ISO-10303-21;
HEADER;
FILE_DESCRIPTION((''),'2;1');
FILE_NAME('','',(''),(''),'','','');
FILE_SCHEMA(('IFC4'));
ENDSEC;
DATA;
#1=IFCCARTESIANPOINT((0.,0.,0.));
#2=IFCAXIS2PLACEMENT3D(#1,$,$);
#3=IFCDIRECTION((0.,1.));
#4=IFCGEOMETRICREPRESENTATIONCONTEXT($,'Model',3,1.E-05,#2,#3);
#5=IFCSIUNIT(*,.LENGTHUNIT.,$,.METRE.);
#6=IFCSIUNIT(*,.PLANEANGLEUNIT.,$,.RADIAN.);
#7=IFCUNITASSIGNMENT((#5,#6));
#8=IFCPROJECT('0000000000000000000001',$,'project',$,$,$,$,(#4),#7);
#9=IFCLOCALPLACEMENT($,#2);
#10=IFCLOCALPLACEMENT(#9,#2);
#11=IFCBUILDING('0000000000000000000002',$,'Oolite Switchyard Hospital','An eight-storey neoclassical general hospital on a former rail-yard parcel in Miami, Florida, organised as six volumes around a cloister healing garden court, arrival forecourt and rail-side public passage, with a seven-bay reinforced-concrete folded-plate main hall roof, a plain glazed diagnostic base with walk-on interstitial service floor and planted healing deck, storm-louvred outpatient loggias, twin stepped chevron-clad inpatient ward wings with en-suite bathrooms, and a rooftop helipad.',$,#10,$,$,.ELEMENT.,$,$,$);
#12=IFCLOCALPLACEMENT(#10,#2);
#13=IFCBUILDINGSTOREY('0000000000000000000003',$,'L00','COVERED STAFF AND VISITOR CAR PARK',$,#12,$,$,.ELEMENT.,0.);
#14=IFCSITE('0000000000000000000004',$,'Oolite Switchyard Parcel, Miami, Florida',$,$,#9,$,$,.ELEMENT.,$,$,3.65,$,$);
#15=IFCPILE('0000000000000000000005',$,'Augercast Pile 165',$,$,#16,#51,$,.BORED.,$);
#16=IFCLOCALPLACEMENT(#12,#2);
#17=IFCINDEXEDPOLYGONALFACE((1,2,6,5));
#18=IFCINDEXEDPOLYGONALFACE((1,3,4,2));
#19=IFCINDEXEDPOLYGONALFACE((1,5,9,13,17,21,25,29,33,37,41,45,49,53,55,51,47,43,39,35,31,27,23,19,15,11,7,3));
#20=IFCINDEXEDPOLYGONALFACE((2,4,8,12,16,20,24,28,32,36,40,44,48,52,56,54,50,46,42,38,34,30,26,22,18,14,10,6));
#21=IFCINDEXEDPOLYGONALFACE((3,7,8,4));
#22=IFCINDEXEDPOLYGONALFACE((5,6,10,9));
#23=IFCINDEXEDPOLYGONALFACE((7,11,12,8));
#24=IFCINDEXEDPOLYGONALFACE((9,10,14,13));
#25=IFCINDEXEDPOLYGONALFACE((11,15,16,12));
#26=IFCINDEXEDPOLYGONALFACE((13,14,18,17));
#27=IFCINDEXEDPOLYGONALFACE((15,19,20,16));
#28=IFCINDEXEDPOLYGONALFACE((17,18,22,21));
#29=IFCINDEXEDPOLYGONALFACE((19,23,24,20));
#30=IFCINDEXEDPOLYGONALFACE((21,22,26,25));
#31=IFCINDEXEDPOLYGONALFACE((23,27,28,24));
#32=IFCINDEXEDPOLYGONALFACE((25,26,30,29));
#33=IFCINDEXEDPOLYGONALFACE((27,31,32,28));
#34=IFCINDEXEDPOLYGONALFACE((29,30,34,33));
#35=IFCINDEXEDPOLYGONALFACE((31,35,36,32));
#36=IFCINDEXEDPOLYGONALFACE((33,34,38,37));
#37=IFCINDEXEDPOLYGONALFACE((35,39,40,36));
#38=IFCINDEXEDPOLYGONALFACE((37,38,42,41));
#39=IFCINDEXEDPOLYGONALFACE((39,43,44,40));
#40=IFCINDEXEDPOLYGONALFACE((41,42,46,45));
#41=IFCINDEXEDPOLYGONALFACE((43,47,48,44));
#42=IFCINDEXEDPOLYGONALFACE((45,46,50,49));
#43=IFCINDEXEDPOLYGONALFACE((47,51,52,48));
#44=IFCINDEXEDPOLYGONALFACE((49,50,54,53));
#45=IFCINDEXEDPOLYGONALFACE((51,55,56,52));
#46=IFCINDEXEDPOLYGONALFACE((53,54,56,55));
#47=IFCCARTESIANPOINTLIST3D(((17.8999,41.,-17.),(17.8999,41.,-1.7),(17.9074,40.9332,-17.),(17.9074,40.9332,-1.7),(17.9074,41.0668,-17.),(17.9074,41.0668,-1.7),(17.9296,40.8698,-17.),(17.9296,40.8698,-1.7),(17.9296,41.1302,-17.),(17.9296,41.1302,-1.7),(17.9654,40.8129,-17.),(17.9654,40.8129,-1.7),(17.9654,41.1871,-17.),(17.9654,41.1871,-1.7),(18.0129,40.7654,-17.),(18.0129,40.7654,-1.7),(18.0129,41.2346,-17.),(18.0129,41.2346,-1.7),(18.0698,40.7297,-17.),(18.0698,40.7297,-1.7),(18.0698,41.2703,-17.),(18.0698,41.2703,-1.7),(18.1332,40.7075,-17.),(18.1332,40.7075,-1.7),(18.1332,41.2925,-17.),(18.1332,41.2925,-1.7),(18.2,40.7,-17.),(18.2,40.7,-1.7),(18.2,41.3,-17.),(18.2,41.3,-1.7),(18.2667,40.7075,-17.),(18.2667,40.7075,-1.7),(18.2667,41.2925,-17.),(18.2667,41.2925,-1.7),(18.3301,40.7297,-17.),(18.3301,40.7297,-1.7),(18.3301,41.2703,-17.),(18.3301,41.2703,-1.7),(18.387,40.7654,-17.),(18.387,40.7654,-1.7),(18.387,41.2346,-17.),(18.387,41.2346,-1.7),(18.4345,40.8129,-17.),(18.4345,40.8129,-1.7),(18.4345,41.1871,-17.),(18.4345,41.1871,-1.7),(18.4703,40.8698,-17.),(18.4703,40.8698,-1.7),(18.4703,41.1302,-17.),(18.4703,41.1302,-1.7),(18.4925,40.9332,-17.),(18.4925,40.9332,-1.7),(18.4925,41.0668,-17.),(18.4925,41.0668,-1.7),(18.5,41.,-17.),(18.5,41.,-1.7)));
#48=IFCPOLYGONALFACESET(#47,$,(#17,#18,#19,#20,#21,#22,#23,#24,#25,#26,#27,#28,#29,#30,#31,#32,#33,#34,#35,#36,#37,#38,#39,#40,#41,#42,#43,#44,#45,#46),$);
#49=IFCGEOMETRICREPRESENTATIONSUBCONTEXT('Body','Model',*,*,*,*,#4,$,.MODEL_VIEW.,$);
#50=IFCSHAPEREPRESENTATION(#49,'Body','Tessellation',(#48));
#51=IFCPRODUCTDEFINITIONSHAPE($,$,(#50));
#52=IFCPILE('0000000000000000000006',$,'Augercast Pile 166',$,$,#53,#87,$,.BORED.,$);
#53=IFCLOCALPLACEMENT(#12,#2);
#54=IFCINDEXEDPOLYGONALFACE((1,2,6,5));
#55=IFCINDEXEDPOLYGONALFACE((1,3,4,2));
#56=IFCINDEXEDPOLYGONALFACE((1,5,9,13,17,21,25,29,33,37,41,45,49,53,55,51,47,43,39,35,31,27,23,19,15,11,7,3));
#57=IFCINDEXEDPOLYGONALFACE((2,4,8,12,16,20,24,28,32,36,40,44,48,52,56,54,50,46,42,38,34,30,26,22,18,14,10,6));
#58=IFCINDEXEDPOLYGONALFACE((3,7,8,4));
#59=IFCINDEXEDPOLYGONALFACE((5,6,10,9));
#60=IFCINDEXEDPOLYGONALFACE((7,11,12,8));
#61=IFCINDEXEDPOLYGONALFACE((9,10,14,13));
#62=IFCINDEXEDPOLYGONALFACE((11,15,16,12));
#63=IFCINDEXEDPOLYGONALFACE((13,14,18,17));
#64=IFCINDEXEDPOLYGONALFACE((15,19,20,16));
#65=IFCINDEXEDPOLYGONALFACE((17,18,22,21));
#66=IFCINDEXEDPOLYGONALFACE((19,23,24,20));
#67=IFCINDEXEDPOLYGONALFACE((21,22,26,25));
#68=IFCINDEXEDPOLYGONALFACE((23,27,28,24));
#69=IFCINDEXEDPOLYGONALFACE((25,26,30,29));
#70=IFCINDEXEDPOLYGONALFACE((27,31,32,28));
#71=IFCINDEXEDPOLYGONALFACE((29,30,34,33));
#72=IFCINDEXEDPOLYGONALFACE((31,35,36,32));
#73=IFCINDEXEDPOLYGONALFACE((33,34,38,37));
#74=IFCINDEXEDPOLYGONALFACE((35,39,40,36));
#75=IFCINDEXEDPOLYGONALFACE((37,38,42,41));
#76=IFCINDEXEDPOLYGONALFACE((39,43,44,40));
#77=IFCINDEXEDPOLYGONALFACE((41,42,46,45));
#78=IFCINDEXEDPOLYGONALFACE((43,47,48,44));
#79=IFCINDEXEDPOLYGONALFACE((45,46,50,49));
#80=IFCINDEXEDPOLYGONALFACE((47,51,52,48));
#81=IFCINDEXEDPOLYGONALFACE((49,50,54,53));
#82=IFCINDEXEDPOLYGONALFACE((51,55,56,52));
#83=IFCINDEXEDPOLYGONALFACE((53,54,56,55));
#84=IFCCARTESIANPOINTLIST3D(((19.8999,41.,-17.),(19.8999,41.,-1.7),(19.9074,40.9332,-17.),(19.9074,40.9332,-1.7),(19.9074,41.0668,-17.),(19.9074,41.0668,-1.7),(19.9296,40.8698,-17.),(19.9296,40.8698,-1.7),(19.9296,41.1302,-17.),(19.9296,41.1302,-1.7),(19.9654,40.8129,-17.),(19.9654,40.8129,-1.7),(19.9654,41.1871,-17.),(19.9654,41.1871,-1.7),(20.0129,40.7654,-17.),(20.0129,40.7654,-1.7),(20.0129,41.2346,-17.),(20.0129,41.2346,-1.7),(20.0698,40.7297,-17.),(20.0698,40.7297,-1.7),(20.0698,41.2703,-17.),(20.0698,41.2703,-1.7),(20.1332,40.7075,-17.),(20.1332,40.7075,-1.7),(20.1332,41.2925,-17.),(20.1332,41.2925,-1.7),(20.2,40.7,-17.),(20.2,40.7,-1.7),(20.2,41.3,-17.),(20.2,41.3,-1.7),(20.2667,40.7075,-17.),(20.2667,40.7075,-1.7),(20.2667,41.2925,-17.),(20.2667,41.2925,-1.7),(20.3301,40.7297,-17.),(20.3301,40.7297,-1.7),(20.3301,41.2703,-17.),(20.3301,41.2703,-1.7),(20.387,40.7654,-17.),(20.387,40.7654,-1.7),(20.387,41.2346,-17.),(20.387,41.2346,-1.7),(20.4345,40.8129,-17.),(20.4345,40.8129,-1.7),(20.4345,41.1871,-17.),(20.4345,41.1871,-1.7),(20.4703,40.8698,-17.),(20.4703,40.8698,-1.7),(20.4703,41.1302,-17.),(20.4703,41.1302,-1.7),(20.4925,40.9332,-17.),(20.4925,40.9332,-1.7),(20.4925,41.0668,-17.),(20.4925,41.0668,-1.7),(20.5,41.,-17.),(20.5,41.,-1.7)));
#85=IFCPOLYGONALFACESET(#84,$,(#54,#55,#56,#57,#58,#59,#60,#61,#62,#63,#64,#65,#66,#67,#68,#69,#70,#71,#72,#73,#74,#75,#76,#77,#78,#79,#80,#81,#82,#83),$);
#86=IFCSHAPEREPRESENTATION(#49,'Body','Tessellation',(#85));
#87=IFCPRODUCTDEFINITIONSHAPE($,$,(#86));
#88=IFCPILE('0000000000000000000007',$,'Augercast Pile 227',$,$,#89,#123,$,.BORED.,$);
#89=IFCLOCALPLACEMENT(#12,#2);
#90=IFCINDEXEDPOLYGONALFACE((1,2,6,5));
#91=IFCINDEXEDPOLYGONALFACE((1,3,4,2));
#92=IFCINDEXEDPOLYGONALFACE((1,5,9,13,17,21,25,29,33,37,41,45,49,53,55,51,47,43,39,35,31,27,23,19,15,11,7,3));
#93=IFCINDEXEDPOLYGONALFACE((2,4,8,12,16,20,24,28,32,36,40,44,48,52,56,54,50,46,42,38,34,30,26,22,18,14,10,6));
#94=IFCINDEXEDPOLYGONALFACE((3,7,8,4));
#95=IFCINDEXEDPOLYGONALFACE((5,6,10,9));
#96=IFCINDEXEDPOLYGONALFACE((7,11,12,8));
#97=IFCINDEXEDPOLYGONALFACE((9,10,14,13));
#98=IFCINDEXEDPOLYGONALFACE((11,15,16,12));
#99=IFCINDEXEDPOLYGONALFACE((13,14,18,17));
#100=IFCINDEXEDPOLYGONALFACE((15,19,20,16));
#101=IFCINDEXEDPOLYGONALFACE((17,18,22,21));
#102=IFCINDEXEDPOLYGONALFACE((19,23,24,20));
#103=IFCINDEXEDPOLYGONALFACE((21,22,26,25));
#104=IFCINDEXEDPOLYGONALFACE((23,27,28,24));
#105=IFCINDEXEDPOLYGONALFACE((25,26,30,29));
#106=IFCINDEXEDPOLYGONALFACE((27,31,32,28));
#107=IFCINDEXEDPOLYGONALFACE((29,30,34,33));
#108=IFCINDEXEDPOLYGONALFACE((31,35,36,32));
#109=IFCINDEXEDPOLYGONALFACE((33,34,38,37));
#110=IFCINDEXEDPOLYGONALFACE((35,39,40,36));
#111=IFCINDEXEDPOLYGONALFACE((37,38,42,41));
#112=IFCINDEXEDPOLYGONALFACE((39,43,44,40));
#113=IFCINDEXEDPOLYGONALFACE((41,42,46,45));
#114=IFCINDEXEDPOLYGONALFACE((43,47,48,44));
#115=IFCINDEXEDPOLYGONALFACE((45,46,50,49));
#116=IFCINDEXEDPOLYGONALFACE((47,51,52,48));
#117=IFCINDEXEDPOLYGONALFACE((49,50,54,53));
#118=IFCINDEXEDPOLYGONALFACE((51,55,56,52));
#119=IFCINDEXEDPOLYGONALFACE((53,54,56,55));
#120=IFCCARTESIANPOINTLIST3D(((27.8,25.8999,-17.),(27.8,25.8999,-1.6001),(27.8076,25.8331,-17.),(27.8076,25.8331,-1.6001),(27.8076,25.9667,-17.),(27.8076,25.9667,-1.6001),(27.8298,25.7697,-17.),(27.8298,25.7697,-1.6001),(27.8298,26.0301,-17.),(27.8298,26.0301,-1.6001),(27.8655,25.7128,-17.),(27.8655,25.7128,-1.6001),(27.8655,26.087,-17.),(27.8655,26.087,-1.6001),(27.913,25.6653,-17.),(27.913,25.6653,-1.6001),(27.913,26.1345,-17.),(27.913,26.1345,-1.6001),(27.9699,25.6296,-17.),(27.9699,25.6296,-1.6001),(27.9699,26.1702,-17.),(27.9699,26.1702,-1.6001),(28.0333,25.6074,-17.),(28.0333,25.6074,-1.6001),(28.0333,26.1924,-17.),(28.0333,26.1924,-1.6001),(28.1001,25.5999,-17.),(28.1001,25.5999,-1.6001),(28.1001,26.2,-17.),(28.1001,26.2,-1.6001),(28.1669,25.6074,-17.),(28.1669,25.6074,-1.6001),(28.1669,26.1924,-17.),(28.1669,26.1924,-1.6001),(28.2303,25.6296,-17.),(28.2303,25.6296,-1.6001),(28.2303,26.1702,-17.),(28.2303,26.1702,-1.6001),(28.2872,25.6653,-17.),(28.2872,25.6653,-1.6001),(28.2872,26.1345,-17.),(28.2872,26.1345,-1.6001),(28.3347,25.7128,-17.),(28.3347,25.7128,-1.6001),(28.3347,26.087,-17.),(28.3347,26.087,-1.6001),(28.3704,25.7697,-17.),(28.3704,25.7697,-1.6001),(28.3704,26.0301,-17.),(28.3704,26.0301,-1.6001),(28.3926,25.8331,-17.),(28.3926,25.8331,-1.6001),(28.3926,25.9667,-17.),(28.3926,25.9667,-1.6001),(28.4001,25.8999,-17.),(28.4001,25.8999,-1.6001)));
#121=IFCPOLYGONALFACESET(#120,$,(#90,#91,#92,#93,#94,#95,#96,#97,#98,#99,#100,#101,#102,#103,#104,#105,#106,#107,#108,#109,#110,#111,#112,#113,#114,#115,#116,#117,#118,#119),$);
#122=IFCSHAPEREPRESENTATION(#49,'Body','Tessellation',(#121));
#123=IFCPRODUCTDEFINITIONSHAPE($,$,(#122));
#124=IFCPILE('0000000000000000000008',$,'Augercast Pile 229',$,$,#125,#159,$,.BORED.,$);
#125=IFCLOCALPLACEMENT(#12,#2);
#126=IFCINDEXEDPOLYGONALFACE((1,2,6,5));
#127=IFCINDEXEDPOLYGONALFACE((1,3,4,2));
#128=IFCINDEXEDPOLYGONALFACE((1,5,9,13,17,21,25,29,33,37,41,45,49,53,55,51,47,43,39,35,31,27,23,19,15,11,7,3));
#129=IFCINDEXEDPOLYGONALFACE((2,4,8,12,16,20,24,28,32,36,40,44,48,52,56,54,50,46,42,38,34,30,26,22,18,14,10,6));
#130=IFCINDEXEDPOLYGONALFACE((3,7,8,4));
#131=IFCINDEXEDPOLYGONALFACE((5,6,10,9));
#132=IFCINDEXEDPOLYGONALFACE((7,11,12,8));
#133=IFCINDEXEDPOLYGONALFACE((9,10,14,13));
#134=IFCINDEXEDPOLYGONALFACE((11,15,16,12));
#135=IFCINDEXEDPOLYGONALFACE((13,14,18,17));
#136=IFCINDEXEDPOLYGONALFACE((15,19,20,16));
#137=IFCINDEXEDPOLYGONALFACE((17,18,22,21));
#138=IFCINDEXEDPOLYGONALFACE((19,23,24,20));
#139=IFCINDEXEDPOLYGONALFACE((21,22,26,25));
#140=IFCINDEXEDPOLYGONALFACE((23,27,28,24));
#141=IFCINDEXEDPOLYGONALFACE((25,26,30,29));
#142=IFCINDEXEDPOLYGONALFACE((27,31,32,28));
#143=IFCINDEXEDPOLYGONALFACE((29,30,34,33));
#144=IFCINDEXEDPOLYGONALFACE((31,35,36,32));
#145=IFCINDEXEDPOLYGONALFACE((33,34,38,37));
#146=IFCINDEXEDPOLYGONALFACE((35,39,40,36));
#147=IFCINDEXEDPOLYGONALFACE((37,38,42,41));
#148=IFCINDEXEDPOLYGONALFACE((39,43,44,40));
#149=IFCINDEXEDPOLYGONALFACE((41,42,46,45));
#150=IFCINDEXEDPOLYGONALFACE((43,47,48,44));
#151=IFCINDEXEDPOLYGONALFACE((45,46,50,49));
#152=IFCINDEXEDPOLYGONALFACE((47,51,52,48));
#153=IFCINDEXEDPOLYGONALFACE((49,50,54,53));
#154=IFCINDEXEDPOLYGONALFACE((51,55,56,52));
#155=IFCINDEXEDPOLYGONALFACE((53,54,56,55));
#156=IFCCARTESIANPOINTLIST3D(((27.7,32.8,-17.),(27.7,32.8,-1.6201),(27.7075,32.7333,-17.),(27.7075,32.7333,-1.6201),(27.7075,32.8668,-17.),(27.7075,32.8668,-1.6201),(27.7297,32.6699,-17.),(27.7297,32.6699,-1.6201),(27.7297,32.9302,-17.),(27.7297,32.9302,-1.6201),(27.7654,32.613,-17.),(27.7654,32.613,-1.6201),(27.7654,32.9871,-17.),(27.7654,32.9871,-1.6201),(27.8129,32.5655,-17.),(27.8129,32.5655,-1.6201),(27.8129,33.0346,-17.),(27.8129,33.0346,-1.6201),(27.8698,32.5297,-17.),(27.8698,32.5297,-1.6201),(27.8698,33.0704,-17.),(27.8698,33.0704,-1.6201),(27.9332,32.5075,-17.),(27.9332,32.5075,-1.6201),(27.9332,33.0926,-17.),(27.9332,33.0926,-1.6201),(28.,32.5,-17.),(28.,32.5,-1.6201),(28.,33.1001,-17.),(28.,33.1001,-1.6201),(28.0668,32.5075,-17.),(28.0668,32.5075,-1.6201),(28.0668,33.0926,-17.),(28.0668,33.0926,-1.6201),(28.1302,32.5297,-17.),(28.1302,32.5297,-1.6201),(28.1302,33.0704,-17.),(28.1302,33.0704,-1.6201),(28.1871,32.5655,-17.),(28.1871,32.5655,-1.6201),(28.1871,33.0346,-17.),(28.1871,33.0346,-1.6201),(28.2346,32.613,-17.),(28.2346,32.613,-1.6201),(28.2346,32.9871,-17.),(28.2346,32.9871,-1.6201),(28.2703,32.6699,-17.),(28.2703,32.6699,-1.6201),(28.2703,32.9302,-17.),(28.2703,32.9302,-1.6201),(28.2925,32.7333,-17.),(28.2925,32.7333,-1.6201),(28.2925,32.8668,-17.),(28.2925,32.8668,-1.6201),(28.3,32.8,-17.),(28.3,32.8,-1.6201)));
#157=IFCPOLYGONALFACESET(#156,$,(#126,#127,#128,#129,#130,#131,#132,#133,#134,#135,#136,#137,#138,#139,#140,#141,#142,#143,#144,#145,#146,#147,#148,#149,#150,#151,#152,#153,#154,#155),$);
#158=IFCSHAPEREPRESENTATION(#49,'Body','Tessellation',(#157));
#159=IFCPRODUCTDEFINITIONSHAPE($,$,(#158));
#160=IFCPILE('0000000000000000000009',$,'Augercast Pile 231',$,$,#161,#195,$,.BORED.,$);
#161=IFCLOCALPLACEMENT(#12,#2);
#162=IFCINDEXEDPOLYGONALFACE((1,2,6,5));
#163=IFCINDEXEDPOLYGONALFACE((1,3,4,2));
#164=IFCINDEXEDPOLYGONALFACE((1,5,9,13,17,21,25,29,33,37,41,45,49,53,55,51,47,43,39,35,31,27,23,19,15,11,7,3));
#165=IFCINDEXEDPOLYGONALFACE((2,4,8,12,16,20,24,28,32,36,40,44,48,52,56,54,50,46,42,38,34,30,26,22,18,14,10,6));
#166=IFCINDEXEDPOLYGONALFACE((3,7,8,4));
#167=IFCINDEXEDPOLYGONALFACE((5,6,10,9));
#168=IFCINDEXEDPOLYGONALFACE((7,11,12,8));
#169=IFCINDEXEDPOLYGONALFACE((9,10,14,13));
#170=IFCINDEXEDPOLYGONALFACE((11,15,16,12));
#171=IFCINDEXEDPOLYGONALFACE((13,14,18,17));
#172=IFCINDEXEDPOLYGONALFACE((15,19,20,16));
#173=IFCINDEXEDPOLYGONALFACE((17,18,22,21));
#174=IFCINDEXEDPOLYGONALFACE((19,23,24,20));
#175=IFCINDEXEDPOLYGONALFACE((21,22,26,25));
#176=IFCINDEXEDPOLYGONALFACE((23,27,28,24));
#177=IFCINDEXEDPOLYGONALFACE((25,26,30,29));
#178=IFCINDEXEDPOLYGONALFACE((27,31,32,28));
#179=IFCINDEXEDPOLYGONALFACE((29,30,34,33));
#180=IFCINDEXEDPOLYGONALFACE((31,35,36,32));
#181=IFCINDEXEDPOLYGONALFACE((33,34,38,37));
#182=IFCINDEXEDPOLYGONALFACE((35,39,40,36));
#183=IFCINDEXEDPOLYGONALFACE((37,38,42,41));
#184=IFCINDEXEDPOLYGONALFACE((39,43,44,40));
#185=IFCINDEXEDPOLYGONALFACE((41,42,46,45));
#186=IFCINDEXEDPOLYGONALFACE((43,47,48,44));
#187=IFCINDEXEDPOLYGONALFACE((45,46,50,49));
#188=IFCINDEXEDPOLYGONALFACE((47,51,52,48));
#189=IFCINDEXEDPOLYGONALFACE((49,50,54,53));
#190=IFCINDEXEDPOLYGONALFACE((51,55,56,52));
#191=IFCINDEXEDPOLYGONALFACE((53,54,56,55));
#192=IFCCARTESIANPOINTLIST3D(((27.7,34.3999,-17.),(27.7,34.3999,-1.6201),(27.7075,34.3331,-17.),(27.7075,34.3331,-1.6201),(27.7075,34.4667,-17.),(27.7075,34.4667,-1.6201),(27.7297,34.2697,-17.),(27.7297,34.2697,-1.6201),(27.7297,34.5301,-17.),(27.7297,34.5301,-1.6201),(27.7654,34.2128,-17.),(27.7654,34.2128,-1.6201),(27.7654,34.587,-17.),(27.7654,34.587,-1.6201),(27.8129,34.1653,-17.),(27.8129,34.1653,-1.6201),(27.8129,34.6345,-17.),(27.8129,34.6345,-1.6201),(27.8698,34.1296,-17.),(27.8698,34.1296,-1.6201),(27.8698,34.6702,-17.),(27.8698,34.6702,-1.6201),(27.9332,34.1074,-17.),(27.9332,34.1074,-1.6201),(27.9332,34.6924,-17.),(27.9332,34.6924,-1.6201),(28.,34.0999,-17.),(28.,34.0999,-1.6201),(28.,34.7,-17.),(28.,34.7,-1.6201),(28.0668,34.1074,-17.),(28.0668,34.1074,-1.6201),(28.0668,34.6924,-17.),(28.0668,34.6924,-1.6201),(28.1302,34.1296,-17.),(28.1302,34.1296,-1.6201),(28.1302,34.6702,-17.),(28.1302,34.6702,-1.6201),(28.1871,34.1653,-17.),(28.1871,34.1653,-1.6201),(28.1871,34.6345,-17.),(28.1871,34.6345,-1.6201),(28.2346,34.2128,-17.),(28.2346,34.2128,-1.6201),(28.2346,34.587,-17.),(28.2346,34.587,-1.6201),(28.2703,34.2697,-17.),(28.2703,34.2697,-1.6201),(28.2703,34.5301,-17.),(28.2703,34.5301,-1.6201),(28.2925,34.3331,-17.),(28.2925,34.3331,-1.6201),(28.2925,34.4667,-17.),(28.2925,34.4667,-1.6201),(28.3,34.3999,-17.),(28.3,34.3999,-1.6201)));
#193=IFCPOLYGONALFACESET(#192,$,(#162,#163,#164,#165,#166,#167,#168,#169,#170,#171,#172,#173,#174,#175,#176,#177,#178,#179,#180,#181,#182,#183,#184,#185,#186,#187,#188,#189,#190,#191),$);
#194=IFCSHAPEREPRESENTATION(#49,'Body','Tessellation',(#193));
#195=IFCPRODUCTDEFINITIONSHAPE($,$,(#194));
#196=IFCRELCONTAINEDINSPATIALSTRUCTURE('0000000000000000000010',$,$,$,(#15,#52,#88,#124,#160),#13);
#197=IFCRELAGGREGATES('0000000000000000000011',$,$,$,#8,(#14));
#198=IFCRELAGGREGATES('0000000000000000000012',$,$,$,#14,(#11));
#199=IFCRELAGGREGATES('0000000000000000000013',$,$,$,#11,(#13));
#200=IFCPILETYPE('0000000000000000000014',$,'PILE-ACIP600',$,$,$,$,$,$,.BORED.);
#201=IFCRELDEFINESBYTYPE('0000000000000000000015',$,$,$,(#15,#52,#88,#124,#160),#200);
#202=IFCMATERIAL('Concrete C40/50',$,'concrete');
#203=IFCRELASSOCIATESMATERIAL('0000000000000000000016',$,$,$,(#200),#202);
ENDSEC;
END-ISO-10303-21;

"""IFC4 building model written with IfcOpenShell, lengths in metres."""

from ifc_helpers import new_model, si_unit, direction, frame, origin, origin_2d, place, context, subcontext, project, spatial, circle, extrude, material, material_profile, profile_set, type_object, element, save


model = new_model("IFC4")

# Units and contexts
model_context = context("Model", 3, precision=1e-05, world=origin(), true_north=direction((0.0, 1.0)))
body_context = subcontext(model_context, "Body", "Model", "MODEL_VIEW")
ifc_project = project(units=[si_unit("LENGTHUNIT", "METRE"), si_unit("PLANEANGLEUNIT", "RADIAN")], contexts=[model_context])

# Site, building, storey
site_placement = place(None, origin())
site = spatial("IfcSite", under=ifc_project, at=site_placement, Name="Oolite Switchyard Parcel, Miami, Florida", CompositionType="ELEMENT", RefElevation=3.65)
building_placement = place(site_placement, origin())
building = spatial("IfcBuilding", under=site, at=building_placement, Name="Oolite Switchyard Hospital", Description="An eight-storey neoclassical general hospital on a former rail-yard parcel in Miami, Florida, organised as six volumes around a cloister healing garden court, arrival forecourt and rail-side public passage, with a seven-bay reinforced-concrete folded-plate main hall roof, a plain glazed diagnostic base with walk-on interstitial service floor and planted healing deck, storm-louvred outpatient loggias, twin stepped chevron-clad inpatient ward wings with en-suite bathrooms, and a rooftop helipad.", CompositionType="ELEMENT")
storey_placement = place(building_placement, origin())
storey = spatial("IfcBuildingStorey", under=building, at=storey_placement, Name="L00", Description="COVERED STAFF AND VISITOR CAR PARK", CompositionType="ELEMENT", Elevation=0.0)

# Shared definitions
ifc_material_1 = material(Name="Concrete C40/50", Category="concrete")

# Piles
ifc_material_profile_1 = material_profile(ifc_material_1, circle(Radius=0.3, at=origin_2d()), Name="PILE600")
ifc_profile_set_1 = profile_set([ifc_material_profile_1], Name="Concrete C40/50")
pile_type = type_object("IfcPileType", Name="PILE-ACIP600", PredefinedType="BORED", material=ifc_profile_set_1)
for number, where, z_axis, x_axis, name in (
    (1, (18.2, 41.0, -1.7), (0.0, 0.0, -1.0), (1.0, 0.0, 0.0), "Augercast Pile 165"),
    (2, (20.2, 41.0, -1.7), (0.0, 0.0, -1.0), (1.0, 0.0, 0.0), "Augercast Pile 166"),
):
    element("IfcPile", number, at=place(storey_placement, frame(where, z_axis=z_axis, x_axis=x_axis)), inside=storey, type_object=pile_type, Name=name, PredefinedType="BORED", context=body_context, shape_type="SweptSolid", body=[
        extrude(circle(Radius=0.3, at=origin_2d()), origin(), (0.0, 0.0, 1.0), 15.3),
    ])
pile_placement = place(storey_placement, frame((28.1001, 25.8999, -1.6001), z_axis=(0.0, 0.0, -1.0), x_axis=(1.0, 0.0, 0.0)))
element("IfcPile", 3, at=pile_placement, inside=storey, type_object=pile_type, Name="Augercast Pile 227", PredefinedType="BORED", context=body_context, shape_type="SweptSolid", body=[
    extrude(circle(Radius=0.3, at=origin_2d()), origin(), (0.0, 0.0, 1.0), 15.3999),
])
for number, where, z_axis, x_axis, name in (
    (4, (28.0, 32.8, -1.6201), (0.0, 0.0, -1.0), (1.0, 0.0, 0.0), "Augercast Pile 229"),
    (5, (28.0, 34.3999, -1.6201), (0.0, 0.0, -1.0), (1.0, 0.0, 0.0), "Augercast Pile 231"),
):
    element("IfcPile", number, at=place(storey_placement, frame(where, z_axis=z_axis, x_axis=x_axis)), inside=storey, type_object=pile_type, Name=name, PredefinedType="BORED", context=body_context, shape_type="SweptSolid", body=[
        extrude(circle(Radius=0.3, at=origin_2d()), origin(), (0.0, 0.0, 1.0), 15.3799),
    ])

save(model, "model.ifc")
